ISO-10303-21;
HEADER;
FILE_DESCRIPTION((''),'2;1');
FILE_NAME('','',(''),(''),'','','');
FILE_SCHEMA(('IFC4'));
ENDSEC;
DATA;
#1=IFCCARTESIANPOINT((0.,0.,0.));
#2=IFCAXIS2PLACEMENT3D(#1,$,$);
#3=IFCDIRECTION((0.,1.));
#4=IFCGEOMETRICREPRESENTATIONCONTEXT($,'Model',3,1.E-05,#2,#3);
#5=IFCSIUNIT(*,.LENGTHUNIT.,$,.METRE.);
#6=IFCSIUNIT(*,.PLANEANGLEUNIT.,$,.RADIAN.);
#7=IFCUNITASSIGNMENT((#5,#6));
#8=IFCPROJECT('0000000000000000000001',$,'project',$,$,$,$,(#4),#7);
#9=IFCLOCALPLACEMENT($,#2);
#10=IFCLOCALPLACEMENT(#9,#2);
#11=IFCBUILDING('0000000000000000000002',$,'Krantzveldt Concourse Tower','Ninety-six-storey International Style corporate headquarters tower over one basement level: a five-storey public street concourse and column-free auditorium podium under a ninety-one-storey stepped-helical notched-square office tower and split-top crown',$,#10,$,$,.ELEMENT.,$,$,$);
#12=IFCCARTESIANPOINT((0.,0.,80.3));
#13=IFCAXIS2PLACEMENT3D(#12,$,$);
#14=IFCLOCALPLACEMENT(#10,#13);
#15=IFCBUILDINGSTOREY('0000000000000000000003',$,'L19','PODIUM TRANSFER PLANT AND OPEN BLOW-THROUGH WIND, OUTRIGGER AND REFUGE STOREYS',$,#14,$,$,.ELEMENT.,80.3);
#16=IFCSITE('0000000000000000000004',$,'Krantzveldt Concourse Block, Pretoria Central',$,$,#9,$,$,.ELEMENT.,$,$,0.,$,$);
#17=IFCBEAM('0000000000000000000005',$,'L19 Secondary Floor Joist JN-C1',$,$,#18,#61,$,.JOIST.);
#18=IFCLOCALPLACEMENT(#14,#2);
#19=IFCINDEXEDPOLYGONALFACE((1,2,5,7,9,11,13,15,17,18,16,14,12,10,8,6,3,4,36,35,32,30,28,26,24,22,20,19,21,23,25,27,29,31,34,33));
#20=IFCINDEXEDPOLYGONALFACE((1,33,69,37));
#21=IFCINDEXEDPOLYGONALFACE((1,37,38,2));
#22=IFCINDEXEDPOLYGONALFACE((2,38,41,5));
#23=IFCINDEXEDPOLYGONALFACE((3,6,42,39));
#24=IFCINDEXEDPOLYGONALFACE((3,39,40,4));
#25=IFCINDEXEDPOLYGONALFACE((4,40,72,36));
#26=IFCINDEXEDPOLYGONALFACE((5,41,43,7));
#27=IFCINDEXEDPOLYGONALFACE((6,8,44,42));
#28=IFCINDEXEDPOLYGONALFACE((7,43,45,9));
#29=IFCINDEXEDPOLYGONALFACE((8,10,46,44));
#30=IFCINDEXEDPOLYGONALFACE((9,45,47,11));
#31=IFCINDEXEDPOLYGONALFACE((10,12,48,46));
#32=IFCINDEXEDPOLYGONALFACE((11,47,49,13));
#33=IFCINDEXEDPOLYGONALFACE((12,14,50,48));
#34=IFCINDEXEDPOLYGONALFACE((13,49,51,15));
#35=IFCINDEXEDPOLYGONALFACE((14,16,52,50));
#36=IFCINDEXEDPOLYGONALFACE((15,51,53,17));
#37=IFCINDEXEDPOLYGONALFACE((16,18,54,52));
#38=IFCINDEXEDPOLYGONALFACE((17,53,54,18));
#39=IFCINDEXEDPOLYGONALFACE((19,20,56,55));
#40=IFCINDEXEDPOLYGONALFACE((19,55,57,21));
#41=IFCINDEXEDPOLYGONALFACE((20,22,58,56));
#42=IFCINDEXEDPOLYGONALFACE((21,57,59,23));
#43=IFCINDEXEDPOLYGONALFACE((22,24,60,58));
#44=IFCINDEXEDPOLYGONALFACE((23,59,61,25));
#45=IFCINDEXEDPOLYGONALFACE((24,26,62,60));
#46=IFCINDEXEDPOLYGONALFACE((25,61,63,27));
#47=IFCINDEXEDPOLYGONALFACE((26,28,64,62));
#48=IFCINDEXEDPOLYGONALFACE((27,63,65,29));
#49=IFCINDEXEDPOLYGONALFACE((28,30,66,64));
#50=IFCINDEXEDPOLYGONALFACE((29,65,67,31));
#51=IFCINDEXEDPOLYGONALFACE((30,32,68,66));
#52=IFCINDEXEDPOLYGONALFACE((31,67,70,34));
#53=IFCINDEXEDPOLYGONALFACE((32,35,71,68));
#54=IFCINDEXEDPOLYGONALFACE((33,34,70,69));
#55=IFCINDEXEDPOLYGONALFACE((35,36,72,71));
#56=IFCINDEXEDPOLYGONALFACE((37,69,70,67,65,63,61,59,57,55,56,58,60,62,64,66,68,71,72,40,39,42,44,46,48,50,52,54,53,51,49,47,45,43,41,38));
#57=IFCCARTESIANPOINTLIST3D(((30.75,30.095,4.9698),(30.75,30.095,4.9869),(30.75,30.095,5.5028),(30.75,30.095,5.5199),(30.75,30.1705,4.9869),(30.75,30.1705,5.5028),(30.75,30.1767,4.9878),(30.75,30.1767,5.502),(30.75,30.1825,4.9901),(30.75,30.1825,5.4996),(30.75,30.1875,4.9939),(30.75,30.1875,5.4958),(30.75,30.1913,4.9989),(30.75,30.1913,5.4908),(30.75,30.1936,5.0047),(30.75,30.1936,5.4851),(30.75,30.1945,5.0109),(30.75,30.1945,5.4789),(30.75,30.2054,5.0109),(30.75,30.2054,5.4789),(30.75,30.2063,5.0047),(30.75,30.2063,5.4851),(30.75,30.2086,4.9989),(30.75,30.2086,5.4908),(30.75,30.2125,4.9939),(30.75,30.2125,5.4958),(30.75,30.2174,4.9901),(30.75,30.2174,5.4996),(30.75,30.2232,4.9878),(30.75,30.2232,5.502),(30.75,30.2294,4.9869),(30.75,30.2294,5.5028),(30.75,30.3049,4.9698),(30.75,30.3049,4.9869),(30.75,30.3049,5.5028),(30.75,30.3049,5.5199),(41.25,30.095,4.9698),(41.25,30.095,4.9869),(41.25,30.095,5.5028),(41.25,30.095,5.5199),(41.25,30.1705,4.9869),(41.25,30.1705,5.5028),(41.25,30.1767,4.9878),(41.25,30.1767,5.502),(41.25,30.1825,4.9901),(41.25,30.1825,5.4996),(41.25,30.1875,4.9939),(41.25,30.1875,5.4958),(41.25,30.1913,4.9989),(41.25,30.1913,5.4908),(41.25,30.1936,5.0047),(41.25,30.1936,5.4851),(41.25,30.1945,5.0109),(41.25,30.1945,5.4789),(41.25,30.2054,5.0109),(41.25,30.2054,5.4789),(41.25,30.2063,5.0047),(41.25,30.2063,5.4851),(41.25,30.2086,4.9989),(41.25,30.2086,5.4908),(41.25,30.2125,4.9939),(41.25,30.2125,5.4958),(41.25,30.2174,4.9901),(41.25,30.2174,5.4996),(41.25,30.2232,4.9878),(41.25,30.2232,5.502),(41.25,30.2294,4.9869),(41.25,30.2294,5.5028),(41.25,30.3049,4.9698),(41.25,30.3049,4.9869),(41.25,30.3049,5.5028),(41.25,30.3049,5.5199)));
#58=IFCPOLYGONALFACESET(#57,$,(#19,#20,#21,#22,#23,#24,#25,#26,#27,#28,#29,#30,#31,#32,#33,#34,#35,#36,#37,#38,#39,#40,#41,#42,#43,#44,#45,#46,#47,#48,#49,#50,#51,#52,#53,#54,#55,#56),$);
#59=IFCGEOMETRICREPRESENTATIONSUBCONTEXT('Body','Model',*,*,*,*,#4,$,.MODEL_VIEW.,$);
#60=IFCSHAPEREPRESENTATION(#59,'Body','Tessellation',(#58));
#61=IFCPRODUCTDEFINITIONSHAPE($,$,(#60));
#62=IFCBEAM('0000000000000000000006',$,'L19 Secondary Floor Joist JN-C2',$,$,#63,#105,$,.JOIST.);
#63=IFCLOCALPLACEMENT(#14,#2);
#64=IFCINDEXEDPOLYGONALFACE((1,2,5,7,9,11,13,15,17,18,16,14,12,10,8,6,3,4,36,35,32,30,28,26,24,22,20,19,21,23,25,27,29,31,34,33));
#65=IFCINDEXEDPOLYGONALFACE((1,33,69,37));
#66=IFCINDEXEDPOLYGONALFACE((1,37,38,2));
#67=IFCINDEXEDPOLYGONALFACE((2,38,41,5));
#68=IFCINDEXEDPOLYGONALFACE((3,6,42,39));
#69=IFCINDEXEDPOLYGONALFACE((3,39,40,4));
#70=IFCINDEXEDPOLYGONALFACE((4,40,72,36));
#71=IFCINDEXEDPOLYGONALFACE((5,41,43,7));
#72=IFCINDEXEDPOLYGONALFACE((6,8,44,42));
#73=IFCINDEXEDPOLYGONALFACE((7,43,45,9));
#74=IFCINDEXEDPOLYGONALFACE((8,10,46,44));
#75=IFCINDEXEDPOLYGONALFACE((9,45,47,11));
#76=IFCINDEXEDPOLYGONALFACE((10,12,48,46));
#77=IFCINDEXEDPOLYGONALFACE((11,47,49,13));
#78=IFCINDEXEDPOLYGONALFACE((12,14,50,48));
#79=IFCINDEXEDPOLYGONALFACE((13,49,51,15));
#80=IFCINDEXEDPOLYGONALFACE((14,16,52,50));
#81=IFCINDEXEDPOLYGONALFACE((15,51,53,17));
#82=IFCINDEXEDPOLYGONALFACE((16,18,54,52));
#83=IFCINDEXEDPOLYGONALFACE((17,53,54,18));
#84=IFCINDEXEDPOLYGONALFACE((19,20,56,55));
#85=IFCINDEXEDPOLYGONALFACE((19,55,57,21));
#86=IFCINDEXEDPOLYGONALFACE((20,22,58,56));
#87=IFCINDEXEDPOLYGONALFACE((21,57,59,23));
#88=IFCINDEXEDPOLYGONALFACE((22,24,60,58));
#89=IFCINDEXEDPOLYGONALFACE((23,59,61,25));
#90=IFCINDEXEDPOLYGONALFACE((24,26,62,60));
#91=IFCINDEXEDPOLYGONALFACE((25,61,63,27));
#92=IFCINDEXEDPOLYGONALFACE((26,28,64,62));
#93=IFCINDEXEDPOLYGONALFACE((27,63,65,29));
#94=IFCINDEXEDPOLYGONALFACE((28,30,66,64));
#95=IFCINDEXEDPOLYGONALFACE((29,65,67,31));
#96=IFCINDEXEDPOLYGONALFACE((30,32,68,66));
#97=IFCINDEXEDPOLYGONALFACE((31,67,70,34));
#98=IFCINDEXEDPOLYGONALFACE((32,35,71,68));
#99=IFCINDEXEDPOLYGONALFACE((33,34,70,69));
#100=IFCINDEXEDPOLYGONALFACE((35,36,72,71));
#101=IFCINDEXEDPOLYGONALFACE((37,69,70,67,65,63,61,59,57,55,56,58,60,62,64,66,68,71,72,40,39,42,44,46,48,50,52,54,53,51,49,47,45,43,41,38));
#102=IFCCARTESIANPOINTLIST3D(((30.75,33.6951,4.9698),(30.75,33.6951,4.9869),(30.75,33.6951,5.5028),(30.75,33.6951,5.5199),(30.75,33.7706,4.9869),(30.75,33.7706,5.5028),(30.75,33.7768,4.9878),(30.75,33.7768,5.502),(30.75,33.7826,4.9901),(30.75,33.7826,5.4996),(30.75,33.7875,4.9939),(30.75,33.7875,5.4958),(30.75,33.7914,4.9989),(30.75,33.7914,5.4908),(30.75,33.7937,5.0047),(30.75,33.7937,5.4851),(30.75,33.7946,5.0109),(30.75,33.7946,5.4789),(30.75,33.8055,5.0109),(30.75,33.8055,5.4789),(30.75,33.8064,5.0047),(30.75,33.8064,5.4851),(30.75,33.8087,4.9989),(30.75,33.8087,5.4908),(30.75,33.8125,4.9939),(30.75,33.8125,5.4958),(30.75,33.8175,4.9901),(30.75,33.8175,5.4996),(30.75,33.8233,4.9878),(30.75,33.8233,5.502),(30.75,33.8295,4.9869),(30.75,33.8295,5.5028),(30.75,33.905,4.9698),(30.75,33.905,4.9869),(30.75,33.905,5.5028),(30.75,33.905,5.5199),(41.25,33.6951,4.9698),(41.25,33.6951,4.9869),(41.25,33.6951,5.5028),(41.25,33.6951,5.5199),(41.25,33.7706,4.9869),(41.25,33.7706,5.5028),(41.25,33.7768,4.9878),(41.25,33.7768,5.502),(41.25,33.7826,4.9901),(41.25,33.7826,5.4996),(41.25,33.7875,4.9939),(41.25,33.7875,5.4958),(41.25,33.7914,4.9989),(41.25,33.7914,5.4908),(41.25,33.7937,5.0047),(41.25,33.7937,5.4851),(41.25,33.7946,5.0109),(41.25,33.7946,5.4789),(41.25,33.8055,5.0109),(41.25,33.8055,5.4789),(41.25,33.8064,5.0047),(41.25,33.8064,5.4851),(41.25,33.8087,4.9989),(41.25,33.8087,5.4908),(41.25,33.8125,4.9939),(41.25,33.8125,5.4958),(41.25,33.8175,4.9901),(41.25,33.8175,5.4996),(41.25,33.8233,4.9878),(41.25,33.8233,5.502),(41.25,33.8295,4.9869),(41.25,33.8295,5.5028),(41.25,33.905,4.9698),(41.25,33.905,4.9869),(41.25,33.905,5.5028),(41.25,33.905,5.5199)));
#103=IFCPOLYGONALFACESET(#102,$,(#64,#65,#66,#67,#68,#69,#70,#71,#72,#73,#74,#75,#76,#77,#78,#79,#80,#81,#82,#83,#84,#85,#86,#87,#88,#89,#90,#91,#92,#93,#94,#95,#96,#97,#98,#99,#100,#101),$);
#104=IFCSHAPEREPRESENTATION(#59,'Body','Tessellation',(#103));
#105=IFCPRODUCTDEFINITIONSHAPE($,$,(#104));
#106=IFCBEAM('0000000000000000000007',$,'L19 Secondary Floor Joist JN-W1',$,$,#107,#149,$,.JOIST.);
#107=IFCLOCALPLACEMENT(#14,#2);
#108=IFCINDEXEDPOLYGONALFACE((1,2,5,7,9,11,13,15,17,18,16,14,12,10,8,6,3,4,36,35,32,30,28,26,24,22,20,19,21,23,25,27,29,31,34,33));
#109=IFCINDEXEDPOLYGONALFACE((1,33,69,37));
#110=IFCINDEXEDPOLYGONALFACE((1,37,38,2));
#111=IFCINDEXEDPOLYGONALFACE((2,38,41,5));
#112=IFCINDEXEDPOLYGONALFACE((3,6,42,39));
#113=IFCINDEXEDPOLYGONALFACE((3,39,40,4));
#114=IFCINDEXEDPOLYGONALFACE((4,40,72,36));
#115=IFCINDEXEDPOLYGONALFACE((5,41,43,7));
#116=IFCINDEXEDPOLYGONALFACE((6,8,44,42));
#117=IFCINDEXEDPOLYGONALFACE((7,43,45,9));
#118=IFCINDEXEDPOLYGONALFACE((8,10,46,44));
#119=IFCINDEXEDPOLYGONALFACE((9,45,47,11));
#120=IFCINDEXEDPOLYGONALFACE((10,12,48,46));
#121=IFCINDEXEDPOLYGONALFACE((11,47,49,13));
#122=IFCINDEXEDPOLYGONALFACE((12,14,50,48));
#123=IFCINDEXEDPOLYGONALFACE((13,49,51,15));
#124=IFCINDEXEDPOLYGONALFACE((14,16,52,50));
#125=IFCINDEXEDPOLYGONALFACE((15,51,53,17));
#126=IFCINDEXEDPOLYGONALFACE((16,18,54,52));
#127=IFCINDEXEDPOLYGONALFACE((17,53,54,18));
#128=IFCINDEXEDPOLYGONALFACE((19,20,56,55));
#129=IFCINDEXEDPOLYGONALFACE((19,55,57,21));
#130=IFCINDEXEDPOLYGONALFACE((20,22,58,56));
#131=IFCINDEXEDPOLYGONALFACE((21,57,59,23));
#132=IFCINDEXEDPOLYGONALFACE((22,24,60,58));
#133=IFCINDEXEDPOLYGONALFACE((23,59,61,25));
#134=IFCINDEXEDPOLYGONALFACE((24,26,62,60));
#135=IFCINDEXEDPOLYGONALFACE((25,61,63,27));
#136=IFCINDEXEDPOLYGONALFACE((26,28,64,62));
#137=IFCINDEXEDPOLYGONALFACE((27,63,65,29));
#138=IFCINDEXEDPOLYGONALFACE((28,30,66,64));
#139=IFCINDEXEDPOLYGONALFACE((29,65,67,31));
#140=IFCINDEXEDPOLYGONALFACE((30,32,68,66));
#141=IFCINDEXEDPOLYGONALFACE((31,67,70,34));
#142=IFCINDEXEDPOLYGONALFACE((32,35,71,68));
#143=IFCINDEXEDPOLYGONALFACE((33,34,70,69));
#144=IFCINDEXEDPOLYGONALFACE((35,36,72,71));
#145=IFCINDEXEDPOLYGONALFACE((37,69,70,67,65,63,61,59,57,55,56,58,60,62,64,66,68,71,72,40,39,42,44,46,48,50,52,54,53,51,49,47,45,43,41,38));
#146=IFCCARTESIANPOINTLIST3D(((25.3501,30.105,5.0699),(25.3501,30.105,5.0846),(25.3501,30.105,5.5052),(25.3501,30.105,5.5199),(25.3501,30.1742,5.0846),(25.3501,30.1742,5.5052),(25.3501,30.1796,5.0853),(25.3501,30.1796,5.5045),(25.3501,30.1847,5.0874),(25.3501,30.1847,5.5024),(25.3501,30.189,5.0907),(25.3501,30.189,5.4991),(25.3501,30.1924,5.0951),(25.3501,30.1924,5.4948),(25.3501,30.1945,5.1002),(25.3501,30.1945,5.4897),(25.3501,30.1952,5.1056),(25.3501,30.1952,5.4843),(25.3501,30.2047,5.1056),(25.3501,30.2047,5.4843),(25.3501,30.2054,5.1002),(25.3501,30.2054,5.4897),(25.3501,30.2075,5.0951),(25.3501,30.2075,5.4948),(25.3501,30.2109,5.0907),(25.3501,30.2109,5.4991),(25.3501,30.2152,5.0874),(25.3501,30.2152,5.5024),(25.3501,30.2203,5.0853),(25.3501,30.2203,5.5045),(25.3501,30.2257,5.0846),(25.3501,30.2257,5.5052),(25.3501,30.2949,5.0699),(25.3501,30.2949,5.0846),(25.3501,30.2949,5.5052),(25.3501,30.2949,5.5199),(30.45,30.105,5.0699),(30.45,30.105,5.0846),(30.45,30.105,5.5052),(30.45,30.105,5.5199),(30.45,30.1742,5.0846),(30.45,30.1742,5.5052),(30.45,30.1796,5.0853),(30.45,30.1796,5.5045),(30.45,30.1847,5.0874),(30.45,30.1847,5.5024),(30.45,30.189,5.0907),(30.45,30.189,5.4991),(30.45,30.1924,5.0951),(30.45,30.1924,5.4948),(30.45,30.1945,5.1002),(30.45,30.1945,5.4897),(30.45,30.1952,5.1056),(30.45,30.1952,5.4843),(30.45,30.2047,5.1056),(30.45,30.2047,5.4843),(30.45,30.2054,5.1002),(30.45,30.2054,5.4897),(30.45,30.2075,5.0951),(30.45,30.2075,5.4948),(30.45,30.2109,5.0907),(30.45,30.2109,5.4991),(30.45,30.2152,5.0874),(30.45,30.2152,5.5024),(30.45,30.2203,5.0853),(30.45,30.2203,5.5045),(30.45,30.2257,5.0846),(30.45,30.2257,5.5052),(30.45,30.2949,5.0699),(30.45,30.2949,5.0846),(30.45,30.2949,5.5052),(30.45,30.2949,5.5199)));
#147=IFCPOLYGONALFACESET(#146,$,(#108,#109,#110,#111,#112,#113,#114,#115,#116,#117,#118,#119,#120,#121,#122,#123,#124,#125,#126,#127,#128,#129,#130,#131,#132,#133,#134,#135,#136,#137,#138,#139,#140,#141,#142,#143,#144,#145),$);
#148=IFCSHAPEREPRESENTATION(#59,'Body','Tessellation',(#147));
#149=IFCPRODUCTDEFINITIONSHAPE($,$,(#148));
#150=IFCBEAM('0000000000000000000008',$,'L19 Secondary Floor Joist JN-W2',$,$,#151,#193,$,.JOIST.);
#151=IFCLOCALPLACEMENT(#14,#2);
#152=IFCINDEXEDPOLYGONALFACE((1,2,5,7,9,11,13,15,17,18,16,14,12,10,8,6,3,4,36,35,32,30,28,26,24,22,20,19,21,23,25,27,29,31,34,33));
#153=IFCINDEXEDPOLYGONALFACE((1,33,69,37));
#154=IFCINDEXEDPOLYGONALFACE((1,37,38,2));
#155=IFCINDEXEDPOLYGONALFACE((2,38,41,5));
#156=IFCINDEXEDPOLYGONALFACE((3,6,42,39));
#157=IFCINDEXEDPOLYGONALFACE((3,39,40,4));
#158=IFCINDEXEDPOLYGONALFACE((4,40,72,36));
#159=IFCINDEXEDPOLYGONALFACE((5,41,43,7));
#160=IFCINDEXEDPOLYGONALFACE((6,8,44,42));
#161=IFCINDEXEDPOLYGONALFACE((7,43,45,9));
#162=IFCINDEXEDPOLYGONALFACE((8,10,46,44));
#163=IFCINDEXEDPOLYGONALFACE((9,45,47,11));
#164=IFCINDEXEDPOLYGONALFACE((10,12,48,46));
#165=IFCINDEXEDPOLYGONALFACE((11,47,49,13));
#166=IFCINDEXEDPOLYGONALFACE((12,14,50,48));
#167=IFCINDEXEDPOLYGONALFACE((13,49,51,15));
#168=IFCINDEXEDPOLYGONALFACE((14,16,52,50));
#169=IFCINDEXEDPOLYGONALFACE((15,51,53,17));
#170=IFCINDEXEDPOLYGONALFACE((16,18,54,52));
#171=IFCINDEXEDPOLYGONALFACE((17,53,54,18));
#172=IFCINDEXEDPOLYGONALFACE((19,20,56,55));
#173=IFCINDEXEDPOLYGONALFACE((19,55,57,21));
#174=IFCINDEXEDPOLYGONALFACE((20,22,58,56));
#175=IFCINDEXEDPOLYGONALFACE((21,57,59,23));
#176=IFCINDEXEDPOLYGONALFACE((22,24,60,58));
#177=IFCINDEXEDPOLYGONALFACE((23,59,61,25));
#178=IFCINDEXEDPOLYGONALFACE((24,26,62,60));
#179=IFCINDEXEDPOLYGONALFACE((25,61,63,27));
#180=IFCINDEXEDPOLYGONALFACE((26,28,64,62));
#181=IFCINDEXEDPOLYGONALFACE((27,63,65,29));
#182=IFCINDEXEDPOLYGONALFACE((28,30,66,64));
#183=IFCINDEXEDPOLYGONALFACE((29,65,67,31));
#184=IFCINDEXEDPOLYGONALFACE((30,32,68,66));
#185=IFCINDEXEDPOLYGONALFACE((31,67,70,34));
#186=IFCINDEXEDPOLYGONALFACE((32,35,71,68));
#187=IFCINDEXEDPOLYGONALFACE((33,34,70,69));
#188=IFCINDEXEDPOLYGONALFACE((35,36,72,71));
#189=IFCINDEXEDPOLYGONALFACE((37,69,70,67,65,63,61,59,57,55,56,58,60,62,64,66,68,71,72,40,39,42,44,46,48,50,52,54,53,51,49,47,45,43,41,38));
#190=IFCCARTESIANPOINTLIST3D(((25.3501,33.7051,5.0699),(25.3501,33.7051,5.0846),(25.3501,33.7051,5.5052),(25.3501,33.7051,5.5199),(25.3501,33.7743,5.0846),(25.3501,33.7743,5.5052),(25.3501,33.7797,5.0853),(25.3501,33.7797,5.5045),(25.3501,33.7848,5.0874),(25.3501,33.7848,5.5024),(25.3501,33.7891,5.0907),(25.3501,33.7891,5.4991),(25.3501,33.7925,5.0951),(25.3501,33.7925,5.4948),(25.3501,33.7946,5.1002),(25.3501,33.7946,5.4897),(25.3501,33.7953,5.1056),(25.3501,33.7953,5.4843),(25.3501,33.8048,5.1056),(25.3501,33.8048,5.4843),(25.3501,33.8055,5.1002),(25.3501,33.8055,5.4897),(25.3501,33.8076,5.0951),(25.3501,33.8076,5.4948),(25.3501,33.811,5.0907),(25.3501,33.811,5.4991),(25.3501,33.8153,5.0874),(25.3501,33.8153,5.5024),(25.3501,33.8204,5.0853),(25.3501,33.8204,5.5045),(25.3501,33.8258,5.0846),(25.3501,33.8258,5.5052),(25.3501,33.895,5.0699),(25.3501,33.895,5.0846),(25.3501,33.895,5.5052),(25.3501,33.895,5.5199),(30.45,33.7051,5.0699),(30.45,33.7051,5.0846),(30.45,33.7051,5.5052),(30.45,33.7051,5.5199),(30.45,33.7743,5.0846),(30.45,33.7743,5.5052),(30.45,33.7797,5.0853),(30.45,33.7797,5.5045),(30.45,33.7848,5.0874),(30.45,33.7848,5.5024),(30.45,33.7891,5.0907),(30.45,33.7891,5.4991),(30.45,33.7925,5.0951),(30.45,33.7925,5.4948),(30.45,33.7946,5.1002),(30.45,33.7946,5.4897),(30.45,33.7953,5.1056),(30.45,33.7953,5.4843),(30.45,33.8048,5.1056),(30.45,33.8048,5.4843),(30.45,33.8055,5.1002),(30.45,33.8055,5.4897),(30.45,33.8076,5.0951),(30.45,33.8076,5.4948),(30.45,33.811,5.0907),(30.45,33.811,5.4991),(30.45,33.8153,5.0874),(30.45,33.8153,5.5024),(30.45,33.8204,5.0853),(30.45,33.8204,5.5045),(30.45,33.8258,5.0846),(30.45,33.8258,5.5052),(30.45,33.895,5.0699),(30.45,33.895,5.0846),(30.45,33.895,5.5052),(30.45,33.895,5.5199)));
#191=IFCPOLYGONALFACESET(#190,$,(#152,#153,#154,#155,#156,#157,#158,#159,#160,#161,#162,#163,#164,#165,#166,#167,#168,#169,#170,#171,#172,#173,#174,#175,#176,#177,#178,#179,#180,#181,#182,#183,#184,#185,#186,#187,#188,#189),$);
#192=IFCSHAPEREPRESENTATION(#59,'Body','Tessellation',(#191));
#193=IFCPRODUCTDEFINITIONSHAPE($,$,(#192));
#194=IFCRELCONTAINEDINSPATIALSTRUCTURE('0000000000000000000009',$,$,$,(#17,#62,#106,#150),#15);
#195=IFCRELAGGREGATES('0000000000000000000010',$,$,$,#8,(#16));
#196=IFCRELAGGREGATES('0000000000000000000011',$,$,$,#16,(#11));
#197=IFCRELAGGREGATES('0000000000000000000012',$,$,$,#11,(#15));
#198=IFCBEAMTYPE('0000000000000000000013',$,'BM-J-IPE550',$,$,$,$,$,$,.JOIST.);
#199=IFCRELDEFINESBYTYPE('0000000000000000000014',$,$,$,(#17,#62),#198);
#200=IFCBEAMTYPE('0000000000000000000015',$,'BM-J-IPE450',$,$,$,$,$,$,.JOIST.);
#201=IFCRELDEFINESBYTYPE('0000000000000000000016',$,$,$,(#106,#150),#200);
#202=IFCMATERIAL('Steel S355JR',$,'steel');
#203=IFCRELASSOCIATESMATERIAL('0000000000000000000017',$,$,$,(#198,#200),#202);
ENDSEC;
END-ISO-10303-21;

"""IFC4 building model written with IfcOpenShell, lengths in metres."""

from ifc_helpers import new_model, si_unit, direction, frame, origin, origin_2d, place, context, subcontext, project, spatial, i_section, extrude, source, transform, mapped, material, material_profile, profile_set, type_object, type_shapes, element, save


model = new_model("IFC4")

# Units and contexts
model_context = context("Model", 3, precision=1e-05, world=origin(), true_north=direction((0.0, 1.0)))
body_context = subcontext(model_context, "Body", "Model", "MODEL_VIEW")
ifc_project = project(units=[si_unit("LENGTHUNIT", "METRE"), si_unit("PLANEANGLEUNIT", "RADIAN")], contexts=[model_context])

# Site, building, storey
site_placement = place(None, origin())
site = spatial("IfcSite", under=ifc_project, at=site_placement, Name="Krantzveldt Concourse Block, Pretoria Central", CompositionType="ELEMENT", RefElevation=0.0)
building_placement = place(site_placement, origin())
building = spatial("IfcBuilding", under=site, at=building_placement, Name="Krantzveldt Concourse Tower", Description="Ninety-six-storey International Style corporate headquarters tower over one basement level: a five-storey public street concourse and column-free auditorium podium under a ninety-one-storey stepped-helical notched-square office tower and split-top crown", CompositionType="ELEMENT")
storey_placement = place(building_placement, frame((0.0, 0.0, 80.3)))
storey = spatial("IfcBuildingStorey", under=building, at=storey_placement, Name="L19", Description="PODIUM TRANSFER PLANT AND OPEN BLOW-THROUGH WIND, OUTRIGGER AND REFUGE STOREYS", CompositionType="ELEMENT", Elevation=80.3)

# Beams
ifc_material_1 = material(Name="Steel S355JR", Category="steel")
ifc_material_profile_1 = material_profile(ifc_material_1, i_section(OverallWidth=0.21, OverallDepth=0.55, WebThickness=0.011, FlangeThickness=0.0171, FilletRadius=0.0239, at=origin_2d()), Name="Steel S355JR", Category="steel")
ifc_profile_set_1 = profile_set([ifc_material_profile_1], Name="Steel S355JR - IPE 550")
beam_type_1 = type_object("IfcBeamType", Name="BM-J-IPE550", PredefinedType="JOIST", material=ifc_profile_set_1)
shared_shape_1 = source(origin(), body_context, "Body", "SweptSolid", [
    extrude(i_section(OverallWidth=0.21, OverallDepth=0.55, WebThickness=0.011, FlangeThickness=0.0171, FilletRadius=0.0239, at=origin_2d()), origin(), (0.0, 0.0, 1.0), 10.5),
])
for number, where, z_axis, x_axis, name in (
    (1, (30.75, 30.2, 5.2449), (1.0, 0.0, 0.0), (0.0, 1.0, 0.0), "L19 Secondary Floor Joist JN-C1"),
    (2, (30.75, 33.8, 5.2449), (1.0, 0.0, 0.0), (0.0, 1.0, 0.0), "L19 Secondary Floor Joist JN-C2"),
):
    element("IfcBeam", number, at=place(storey_placement, frame(where, z_axis=z_axis, x_axis=x_axis)), inside=storey, type_object=beam_type_1, Name=name, PredefinedType="JOIST", context=body_context, shape_type="MappedRepresentation", body=[
        mapped(shared_shape_1, transform((0.0, 0.0, 0.0), x_axis=(1.0, 0.0, 0.0), y_axis=(0.0, 1.0, 0.0), z_axis=(0.0, 0.0, 1.0), scale=1.0)),
    ])
ifc_material_profile_2 = material_profile(ifc_material_1, i_section(OverallWidth=0.1899, OverallDepth=0.45, WebThickness=0.0095, FlangeThickness=0.0146, FilletRadius=0.021, at=origin_2d()), Name="Steel S355JR", Category="steel")
ifc_profile_set_2 = profile_set([ifc_material_profile_2], Name="Steel S355JR - IPE 450")
beam_type_2 = type_object("IfcBeamType", Name="BM-J-IPE450", PredefinedType="JOIST", material=ifc_profile_set_2)
shared_shape_2 = source(origin(), body_context, "Body", "SweptSolid", [
    extrude(i_section(OverallWidth=0.1899, OverallDepth=0.45, WebThickness=0.0095, FlangeThickness=0.0146, FilletRadius=0.021, at=origin_2d()), origin(), (0.0, 0.0, 1.0), 5.0999),
])
type_shapes(beam_type_2, [shared_shape_2])
for number, where, z_axis, x_axis, name in (
    (3, (25.3501, 30.2, 5.2949), (1.0, 0.0, 0.0), (0.0, 1.0, 0.0), "L19 Secondary Floor Joist JN-W1"),
    (4, (25.3501, 33.8, 5.2949), (1.0, 0.0, 0.0), (0.0, 1.0, 0.0), "L19 Secondary Floor Joist JN-W2"),
):
    element("IfcBeam", number, at=place(storey_placement, frame(where, z_axis=z_axis, x_axis=x_axis)), inside=storey, type_object=beam_type_2, Name=name, PredefinedType="JOIST", context=body_context, shape_type="MappedRepresentation", body=[
        mapped(shared_shape_2, transform((0.0, 0.0, 0.0), x_axis=(1.0, 0.0, 0.0), y_axis=(0.0, 1.0, 0.0), z_axis=(0.0, 0.0, 1.0), scale=1.0)),
    ])

save(model, "model.ifc")
